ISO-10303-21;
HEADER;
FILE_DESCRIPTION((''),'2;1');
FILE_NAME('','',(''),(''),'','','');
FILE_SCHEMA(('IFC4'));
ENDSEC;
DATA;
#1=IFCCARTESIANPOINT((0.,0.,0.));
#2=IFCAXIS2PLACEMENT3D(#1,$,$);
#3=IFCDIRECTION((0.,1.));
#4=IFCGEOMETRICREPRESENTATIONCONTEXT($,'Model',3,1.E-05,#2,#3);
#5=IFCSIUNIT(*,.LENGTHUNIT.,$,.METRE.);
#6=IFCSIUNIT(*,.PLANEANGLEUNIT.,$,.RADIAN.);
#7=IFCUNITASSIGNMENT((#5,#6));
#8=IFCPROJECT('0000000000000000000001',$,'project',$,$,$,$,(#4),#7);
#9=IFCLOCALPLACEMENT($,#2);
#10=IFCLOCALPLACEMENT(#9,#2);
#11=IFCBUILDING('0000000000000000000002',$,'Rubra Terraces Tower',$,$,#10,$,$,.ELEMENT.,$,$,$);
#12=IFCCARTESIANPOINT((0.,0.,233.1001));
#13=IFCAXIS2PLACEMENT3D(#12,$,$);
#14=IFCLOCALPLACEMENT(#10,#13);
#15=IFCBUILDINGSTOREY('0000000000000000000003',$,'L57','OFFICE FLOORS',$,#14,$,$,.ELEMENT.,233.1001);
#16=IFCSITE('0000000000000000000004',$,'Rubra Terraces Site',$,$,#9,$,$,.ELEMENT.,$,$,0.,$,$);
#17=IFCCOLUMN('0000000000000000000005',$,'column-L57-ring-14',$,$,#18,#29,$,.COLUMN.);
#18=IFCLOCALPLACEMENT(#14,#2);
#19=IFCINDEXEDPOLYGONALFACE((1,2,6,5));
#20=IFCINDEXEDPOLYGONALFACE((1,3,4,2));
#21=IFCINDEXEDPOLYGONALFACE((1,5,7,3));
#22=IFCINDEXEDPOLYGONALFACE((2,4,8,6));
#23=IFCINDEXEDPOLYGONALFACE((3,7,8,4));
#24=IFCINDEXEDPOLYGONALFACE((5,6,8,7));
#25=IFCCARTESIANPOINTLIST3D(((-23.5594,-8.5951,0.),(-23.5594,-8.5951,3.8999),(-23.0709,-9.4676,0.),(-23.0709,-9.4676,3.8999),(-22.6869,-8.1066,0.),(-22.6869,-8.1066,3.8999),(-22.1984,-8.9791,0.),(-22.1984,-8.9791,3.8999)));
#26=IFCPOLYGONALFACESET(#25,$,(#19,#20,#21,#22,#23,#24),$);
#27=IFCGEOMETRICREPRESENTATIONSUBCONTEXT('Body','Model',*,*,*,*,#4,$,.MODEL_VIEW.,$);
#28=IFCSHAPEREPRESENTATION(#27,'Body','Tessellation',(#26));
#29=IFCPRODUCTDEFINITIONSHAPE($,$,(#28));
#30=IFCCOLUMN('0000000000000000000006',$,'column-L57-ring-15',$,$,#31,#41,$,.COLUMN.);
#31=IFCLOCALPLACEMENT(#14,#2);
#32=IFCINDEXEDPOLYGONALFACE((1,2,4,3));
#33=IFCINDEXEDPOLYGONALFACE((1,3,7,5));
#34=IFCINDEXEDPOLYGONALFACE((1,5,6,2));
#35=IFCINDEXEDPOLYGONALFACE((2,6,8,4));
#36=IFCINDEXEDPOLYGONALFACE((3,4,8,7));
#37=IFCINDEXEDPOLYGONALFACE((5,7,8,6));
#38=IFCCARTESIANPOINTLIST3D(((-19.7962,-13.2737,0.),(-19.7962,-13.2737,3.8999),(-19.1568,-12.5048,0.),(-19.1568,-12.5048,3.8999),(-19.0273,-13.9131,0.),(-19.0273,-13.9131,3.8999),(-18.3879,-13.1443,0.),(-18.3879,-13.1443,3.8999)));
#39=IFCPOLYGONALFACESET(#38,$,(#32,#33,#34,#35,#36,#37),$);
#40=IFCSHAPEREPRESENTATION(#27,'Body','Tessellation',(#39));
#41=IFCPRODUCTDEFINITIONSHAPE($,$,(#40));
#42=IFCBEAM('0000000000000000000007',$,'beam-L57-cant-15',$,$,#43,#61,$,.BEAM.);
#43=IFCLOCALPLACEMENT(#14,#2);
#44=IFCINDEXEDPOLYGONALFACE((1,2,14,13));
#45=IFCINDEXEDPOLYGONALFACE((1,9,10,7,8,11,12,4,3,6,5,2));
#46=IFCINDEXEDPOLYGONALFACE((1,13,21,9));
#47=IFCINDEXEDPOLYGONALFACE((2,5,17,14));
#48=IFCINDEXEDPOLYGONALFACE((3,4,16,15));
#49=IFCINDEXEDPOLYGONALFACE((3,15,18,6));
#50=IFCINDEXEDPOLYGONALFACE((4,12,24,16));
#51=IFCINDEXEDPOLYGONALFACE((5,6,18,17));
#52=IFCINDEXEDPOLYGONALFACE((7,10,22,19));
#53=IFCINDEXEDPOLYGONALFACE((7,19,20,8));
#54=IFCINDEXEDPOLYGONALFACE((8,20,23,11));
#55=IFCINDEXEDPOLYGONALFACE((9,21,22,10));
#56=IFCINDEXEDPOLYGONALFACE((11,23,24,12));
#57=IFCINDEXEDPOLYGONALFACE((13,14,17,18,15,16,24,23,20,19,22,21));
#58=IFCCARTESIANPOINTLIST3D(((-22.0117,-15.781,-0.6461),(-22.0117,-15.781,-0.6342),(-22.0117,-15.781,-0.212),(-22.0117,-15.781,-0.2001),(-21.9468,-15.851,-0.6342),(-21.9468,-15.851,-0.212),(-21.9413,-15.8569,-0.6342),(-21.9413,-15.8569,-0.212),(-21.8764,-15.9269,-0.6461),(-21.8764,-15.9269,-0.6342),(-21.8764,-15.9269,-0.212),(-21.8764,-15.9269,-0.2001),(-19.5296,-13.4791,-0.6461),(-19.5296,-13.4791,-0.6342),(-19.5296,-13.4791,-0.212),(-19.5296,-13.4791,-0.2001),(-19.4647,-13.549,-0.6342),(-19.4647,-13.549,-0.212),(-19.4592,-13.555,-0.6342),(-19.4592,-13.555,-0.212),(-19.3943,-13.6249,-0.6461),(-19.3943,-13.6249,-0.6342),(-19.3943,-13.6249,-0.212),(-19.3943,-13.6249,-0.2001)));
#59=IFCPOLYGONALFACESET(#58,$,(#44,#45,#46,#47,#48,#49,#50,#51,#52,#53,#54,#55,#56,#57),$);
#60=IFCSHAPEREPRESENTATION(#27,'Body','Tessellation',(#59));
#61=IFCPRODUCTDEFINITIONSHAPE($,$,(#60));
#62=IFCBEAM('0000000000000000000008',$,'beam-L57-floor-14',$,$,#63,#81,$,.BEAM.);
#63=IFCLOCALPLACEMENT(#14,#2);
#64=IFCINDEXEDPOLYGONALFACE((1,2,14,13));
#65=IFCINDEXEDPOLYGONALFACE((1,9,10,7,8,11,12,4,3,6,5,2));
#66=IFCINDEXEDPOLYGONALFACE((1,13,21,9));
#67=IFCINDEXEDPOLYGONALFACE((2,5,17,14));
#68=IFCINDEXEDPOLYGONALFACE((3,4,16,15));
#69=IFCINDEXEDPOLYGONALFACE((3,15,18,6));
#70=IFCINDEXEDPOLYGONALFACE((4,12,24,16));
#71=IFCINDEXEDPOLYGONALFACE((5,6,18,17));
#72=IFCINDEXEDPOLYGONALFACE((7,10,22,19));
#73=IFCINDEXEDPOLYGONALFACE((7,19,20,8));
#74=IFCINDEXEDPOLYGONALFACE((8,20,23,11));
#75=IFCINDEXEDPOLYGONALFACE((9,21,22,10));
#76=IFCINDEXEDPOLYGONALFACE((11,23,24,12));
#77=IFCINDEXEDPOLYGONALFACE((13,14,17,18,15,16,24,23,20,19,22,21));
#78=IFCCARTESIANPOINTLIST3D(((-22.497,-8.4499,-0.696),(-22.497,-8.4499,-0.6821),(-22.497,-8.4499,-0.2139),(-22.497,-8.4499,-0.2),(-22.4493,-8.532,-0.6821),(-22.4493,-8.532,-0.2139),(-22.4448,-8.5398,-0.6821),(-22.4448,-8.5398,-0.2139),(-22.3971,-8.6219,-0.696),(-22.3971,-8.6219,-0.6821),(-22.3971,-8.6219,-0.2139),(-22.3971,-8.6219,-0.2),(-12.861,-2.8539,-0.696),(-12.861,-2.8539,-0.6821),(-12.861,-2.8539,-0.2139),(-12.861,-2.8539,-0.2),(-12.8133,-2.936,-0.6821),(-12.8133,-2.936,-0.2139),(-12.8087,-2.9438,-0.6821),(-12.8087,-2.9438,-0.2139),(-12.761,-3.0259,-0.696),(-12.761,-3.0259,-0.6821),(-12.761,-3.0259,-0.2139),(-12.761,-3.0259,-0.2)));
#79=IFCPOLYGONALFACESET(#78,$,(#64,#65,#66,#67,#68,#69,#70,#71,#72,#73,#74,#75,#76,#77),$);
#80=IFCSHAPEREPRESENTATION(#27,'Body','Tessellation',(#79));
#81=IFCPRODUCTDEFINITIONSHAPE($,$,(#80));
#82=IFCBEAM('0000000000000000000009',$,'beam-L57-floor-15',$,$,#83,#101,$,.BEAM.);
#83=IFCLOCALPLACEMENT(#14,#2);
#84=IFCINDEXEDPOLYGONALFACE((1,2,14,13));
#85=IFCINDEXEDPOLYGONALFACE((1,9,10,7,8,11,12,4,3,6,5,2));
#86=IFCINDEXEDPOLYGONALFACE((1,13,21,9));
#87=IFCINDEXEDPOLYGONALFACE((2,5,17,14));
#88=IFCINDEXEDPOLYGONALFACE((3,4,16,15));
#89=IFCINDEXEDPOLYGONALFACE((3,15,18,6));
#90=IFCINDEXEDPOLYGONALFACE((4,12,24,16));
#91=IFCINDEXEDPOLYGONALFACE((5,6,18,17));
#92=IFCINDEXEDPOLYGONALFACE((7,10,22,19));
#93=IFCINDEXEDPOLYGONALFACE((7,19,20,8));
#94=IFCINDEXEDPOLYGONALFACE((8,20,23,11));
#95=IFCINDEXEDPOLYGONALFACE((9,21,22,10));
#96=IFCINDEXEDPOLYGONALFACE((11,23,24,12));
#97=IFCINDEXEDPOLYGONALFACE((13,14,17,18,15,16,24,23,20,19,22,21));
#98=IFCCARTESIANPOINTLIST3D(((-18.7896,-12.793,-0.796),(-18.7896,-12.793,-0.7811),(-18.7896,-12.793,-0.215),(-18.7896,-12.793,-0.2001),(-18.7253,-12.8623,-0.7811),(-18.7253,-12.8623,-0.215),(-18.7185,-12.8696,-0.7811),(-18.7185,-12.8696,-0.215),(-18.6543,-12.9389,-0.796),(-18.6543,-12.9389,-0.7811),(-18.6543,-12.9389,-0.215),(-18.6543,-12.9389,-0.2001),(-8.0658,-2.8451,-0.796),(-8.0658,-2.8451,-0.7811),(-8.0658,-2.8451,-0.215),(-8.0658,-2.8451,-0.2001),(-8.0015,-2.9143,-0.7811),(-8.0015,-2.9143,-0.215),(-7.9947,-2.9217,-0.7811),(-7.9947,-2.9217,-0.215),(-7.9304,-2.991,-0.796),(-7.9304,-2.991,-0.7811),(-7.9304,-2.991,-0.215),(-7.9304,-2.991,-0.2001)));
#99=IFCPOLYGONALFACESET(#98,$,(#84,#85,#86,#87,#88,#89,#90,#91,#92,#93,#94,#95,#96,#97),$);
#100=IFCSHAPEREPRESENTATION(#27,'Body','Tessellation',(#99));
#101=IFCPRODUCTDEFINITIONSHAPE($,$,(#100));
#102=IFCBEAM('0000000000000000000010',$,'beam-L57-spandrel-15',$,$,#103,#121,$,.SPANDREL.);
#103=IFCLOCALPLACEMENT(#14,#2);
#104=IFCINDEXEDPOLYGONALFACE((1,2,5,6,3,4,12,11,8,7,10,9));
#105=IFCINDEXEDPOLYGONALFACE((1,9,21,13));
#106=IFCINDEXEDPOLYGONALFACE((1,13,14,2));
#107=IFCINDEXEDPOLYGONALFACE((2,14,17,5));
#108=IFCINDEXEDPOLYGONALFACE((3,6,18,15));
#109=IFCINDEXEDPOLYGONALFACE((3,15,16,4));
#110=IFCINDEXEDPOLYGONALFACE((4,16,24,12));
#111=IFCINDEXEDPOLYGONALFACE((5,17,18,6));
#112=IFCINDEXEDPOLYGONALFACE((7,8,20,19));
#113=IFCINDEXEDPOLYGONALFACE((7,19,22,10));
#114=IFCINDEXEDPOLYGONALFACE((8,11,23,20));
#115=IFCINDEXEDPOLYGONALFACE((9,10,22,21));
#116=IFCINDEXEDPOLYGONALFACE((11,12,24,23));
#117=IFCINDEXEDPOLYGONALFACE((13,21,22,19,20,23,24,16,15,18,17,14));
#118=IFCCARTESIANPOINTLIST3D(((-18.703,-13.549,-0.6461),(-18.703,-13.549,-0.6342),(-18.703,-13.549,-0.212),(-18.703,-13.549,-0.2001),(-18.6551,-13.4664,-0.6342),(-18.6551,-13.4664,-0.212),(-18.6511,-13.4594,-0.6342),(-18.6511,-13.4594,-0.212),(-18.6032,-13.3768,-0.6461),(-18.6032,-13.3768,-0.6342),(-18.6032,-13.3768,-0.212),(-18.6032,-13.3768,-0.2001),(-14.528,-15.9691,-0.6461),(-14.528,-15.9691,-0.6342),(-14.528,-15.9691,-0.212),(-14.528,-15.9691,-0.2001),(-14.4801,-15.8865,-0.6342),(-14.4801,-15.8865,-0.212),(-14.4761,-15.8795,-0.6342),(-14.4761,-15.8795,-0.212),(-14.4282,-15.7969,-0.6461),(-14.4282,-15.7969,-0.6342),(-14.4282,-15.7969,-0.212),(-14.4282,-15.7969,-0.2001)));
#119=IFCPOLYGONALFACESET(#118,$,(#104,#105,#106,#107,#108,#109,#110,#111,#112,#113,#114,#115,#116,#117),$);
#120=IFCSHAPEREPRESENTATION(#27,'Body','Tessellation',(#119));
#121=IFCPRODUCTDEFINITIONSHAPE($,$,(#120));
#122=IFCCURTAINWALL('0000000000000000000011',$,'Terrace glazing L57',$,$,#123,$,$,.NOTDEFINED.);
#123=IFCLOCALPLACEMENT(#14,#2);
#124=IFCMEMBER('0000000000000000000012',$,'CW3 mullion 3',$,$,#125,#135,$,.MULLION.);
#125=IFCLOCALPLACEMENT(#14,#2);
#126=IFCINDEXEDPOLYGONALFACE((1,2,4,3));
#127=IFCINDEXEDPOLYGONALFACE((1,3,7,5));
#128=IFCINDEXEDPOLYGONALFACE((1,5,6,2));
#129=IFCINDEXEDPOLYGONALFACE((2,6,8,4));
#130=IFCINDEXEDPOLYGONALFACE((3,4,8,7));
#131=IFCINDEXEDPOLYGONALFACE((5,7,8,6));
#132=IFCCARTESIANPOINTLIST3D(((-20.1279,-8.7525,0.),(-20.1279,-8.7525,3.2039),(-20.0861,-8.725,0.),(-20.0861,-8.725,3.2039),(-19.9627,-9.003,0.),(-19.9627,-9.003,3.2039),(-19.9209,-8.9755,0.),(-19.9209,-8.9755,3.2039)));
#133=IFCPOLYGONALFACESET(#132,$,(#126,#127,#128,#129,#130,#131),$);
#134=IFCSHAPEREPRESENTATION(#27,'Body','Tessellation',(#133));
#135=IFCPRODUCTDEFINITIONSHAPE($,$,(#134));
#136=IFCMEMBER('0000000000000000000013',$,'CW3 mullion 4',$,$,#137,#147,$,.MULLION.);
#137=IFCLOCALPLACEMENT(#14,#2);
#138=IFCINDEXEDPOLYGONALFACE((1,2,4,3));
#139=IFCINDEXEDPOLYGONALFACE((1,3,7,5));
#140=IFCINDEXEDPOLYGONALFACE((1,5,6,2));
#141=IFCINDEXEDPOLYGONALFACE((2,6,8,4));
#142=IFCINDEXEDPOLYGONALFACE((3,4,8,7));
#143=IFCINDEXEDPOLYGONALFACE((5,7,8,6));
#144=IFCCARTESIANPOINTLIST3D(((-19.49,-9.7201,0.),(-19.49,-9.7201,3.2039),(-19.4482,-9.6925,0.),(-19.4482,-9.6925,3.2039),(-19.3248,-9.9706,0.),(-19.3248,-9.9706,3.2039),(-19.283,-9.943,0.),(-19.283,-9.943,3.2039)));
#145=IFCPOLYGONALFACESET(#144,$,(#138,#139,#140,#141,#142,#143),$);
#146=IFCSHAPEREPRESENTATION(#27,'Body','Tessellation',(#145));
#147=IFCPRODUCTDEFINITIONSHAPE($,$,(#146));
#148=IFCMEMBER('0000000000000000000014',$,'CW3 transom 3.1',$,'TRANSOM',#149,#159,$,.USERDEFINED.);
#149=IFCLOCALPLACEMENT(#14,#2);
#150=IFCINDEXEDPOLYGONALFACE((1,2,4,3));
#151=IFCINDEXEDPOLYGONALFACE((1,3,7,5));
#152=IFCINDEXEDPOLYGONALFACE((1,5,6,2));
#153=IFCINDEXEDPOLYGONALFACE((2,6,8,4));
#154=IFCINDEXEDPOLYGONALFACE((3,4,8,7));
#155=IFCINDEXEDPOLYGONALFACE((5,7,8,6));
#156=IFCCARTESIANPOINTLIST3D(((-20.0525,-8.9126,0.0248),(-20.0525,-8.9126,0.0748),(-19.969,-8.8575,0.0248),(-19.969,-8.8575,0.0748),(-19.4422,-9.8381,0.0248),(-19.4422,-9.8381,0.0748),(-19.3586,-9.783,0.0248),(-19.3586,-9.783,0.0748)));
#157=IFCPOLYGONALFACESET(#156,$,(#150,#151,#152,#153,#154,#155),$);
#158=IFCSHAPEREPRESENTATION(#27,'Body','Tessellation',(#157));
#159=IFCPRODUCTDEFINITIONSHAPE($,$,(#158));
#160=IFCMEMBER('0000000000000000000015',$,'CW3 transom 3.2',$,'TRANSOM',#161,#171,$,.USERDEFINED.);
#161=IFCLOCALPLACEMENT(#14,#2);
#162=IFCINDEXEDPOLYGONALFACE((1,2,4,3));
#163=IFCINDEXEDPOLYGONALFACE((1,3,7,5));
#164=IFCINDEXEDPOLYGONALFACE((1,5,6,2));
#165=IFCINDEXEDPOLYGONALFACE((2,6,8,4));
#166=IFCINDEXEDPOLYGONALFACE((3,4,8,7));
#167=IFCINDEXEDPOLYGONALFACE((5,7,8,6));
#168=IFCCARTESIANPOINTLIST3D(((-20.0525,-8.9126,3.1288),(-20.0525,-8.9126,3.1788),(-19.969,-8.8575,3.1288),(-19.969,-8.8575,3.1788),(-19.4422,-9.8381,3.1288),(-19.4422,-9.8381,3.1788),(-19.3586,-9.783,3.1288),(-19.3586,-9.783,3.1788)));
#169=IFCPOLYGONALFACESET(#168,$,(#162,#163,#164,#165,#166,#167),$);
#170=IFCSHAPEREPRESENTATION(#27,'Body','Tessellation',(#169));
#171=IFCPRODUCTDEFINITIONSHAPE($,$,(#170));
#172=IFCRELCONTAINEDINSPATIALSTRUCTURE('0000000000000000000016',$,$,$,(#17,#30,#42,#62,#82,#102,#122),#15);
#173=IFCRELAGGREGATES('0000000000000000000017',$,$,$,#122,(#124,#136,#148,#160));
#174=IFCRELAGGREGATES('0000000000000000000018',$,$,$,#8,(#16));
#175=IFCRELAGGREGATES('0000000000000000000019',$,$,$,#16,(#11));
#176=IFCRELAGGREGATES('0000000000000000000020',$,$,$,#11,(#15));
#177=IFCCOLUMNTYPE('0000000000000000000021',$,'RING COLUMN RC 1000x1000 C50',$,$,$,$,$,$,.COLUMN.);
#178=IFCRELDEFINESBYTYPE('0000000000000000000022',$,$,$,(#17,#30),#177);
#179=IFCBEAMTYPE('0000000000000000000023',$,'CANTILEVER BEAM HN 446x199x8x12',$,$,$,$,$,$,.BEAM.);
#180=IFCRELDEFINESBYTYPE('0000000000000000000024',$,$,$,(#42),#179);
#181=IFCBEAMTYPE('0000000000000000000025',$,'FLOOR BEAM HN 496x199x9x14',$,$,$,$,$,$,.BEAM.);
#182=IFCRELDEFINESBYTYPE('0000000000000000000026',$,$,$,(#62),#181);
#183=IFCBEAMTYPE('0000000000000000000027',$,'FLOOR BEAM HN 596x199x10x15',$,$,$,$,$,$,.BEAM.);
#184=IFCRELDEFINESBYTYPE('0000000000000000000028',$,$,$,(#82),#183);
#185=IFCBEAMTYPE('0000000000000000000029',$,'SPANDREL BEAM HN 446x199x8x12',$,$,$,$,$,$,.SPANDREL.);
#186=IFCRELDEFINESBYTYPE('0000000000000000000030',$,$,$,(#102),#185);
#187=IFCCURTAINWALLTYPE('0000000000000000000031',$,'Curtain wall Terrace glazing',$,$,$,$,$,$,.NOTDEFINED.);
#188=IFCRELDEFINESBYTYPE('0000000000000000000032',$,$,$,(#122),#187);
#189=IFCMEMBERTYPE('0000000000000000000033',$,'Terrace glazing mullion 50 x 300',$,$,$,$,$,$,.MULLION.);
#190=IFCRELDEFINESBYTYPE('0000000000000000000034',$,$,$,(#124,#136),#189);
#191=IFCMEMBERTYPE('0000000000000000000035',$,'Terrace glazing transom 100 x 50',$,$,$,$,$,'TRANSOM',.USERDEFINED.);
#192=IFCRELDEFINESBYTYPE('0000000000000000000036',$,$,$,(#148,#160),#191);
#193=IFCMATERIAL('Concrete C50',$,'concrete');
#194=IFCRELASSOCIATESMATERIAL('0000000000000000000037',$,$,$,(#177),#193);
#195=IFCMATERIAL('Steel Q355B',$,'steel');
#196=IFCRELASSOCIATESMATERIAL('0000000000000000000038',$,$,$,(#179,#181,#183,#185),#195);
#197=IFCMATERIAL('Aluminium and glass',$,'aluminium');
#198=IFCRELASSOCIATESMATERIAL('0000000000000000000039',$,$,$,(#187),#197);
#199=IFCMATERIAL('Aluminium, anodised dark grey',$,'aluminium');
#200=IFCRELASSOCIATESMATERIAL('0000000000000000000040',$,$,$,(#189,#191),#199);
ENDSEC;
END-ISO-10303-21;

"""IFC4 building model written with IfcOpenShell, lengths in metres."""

from ifc_helpers import new_model, si_unit, direction, frame, origin, origin_2d, place, context, subcontext, project, spatial, rectangle, i_section, extrude, material, material_profile, profile_set, type_object, element, aggregate, save


model = new_model("IFC4")

# Units and contexts
model_context = context("Model", 3, precision=1e-05, world=origin(), true_north=direction((0.0, 1.0)))
body_context = subcontext(model_context, "Body", "Model", "MODEL_VIEW")
ifc_project = project(units=[si_unit("LENGTHUNIT", "METRE"), si_unit("PLANEANGLEUNIT", "RADIAN")], contexts=[model_context])

# Site, building, storey
site_placement = place(None, origin())
site = spatial("IfcSite", under=ifc_project, at=site_placement, Name="Rubra Terraces Site", CompositionType="ELEMENT", RefElevation=0.0)
building_placement = place(site_placement, origin())
building = spatial("IfcBuilding", under=site, at=building_placement, Name="Rubra Terraces Tower", CompositionType="ELEMENT")
storey_placement = place(building_placement, frame((0.0, 0.0, 233.1001)))
storey = spatial("IfcBuildingStorey", under=building, at=storey_placement, Name="L57", Description="OFFICE FLOORS", CompositionType="ELEMENT", Elevation=233.1001)

# Columns
ifc_material_1 = material(Name="Concrete C50", Category="concrete")
ifc_material_profile_1 = material_profile(ifc_material_1, rectangle(XDim=1.0, YDim=1.0, at=origin_2d()), Name="RC 1000x1000")
ifc_profile_set_1 = profile_set([ifc_material_profile_1], Name="Concrete C50")
column_type = type_object("IfcColumnType", Name="RING COLUMN RC 1000x1000 C50", PredefinedType="COLUMN", material=ifc_profile_set_1)
for number, where, z_axis, x_axis, name in (
    (1, (-22.8789, -8.7871, 0.0), (0.0, 0.0, 1.0), (0.488526, -0.872549, 0.0), "column-L57-ring-14"),
    (2, (-19.092, -13.209, 0.0), (0.0, 0.0, 1.0), (0.76887, -0.639405, 0.0), "column-L57-ring-15"),
):
    element("IfcColumn", number, at=place(storey_placement, frame(where, z_axis=z_axis, x_axis=x_axis)), inside=storey, type_object=column_type, Name=name, PredefinedType="COLUMN", context=body_context, shape_type="SweptSolid", body=[
        extrude(rectangle(XDim=1.0, YDim=1.0, at=origin_2d()), origin(), (0.0, 0.0, 1.0), 3.8999),
    ])

# Beams
ifc_material_2 = material(Name="Steel Q355B", Category="steel")
ifc_material_profile_2 = material_profile(ifc_material_2, i_section(OverallWidth=0.199, OverallDepth=0.446, WebThickness=0.0081, FlangeThickness=0.012, at=origin_2d()), Name="HN 446x199x8x12")
ifc_profile_set_2 = profile_set([ifc_material_profile_2], Name="Steel Q355B")
beam_type_1 = type_object("IfcBeamType", Name="CANTILEVER BEAM HN 446x199x8x12", PredefinedType="BEAM", material=ifc_profile_set_2)
beam_1_placement = place(storey_placement, frame((-19.4619, -13.552, -0.4231), z_axis=(-0.733217, -0.679995, 0.0), x_axis=(0.679995, -0.733217, 0.0)))
element("IfcBeam", 3, at=beam_1_placement, inside=storey, type_object=beam_type_1, Name="beam-L57-cant-15", PredefinedType="BEAM", context=body_context, shape_type="SweptSolid", body=[
    extrude(i_section(OverallWidth=0.199, OverallDepth=0.446, WebThickness=0.0081, FlangeThickness=0.012, at=origin_2d()), origin(), (0.0, 0.0, 1.0), 3.3853),
])
ifc_material_profile_3 = material_profile(ifc_material_2, i_section(OverallWidth=0.199, OverallDepth=0.4961, WebThickness=0.009, FlangeThickness=0.0139, at=origin_2d()), Name="HN 496x199x9x14")
ifc_profile_set_3 = profile_set([ifc_material_profile_3], Name="Steel Q355B")
beam_type_2 = type_object("IfcBeamType", Name="FLOOR BEAM HN 496x199x9x14", PredefinedType="BEAM", material=ifc_profile_set_3)
beam_2_placement = place(storey_placement, frame((-22.447, -8.5359, -0.448), z_axis=(0.864755, 0.502193, 0.0), x_axis=(-0.502193, 0.864755, 0.0)))
element("IfcBeam", 4, at=beam_2_placement, inside=storey, type_object=beam_type_2, Name="beam-L57-floor-14", PredefinedType="BEAM", context=body_context, shape_type="SweptSolid", body=[
    extrude(i_section(OverallWidth=0.199, OverallDepth=0.4961, WebThickness=0.009, FlangeThickness=0.0139, at=origin_2d()), origin(), (0.0, 0.0, 1.0), 11.1431),
])
ifc_material_profile_4 = material_profile(ifc_material_2, i_section(OverallWidth=0.199, OverallDepth=0.5959, WebThickness=0.01, FlangeThickness=0.0149, at=origin_2d()), Name="HN 596x199x10x15")
ifc_profile_set_4 = profile_set([ifc_material_profile_4], Name="Steel Q355B")
beam_type_3 = type_object("IfcBeamType", Name="FLOOR BEAM HN 596x199x10x15", PredefinedType="BEAM", material=ifc_profile_set_4)
beam_3_placement = place(storey_placement, frame((-18.7219, -12.866, -0.498), z_axis=(0.73313, 0.680088, 0.0), x_axis=(-0.680088, 0.73313, 0.0)))
element("IfcBeam", 5, at=beam_3_placement, inside=storey, type_object=beam_type_3, Name="beam-L57-floor-15", PredefinedType="BEAM", context=body_context, shape_type="SweptSolid", body=[
    extrude(i_section(OverallWidth=0.199, OverallDepth=0.5959, WebThickness=0.01, FlangeThickness=0.0149, at=origin_2d()), origin(), (0.0, 0.0, 1.0), 14.6274),
])
ifc_material_profile_5 = material_profile(ifc_material_2, i_section(OverallWidth=0.199, OverallDepth=0.446, WebThickness=0.0081, FlangeThickness=0.012, at=origin_2d()), Name="HN 446x199x8x12")
ifc_profile_set_5 = profile_set([ifc_material_profile_5], Name="Steel Q355B")
beam_type_4 = type_object("IfcBeamType", Name="SPANDREL BEAM HN 446x199x8x12", PredefinedType="SPANDREL", material=ifc_profile_set_5)
beam_4_placement = place(storey_placement, frame((-18.6531, -13.4629, -0.4231), z_axis=(0.865154, -0.501507, 0.0), x_axis=(0.501507, 0.865154, 0.0)))
element("IfcBeam", 6, at=beam_4_placement, inside=storey, type_object=beam_type_4, Name="beam-L57-spandrel-15", PredefinedType="SPANDREL", context=body_context, shape_type="SweptSolid", body=[
    extrude(i_section(OverallWidth=0.199, OverallDepth=0.446, WebThickness=0.0081, FlangeThickness=0.012, at=origin_2d()), origin(), (0.0, 0.0, 1.0), 4.8257),
])

# Curtain wall, members
ifc_material_3 = material(Name="Aluminium and glass", Category="aluminium")
curtain_wall_type = type_object("IfcCurtainWallType", Name="Curtain wall Terrace glazing", PredefinedType="NOTDEFINED", material=ifc_material_3)
curtain_wall_placement = place(storey_placement, origin())
curtain_wall = element("IfcCurtainWall", 7, at=curtain_wall_placement, inside=storey, type_object=curtain_wall_type, Name="Terrace glazing L57", PredefinedType="NOTDEFINED")
ifc_material_4 = material(Name="Aluminium, anodised dark grey", Category="aluminium")
ifc_material_profile_6 = material_profile(ifc_material_4, rectangle(XDim=0.05, YDim=0.3, at=origin_2d()), Name="AL 50x300")
ifc_profile_set_6 = profile_set([ifc_material_profile_6], Name="Aluminium, anodised dark grey")
member_type_1 = type_object("IfcMemberType", Name="Terrace glazing mullion 50 x 300", PredefinedType="MULLION", material=ifc_profile_set_6)
member_1_placement = place(storey_placement, frame((-20.0244, -8.864, 0.0), z_axis=(0.0, 0.0, 1.0), x_axis=(0.834855, 0.550469, 0.0)))
member_1 = element("IfcMember", 8, at=member_1_placement, type_object=member_type_1, Name="CW3 mullion 3", PredefinedType="MULLION", context=body_context, shape_type="SweptSolid", body=[
    extrude(rectangle(XDim=0.05, YDim=0.3, at=origin_2d()), origin(), (0.0, 0.0, 1.0), 3.2039),
])
member_2_placement = place(storey_placement, frame((-19.3865, -9.8315, 0.0), z_axis=(0.0, 0.0, 1.0), x_axis=(0.834855, 0.550469, 0.0)))
member_2 = element("IfcMember", 9, at=member_2_placement, type_object=member_type_1, Name="CW3 mullion 4", PredefinedType="MULLION", context=body_context, shape_type="SweptSolid", body=[
    extrude(rectangle(XDim=0.05, YDim=0.3, at=origin_2d()), origin(), (0.0, 0.0, 1.0), 3.2039),
])
ifc_material_profile_7 = material_profile(ifc_material_4, rectangle(XDim=0.1001, YDim=0.05, at=origin_2d()), Name="AL 100x50")
ifc_profile_set_7 = profile_set([ifc_material_profile_7], Name="Aluminium, anodised dark grey")
member_type_2 = type_object("IfcMemberType", Name="Terrace glazing transom 100 x 50", ElementType="TRANSOM", PredefinedType="USERDEFINED", material=ifc_profile_set_7)
member_3_placement = place(storey_placement, frame((-20.0107, -8.885, 0.0498), z_axis=(0.550526, -0.834818, 0.0), x_axis=(0.834818, 0.550526, 0.0)))
member_3 = element("IfcMember", 10, at=member_3_placement, type_object=member_type_2, Name="CW3 transom 3.1", ObjectType="TRANSOM", PredefinedType="USERDEFINED", context=body_context, shape_type="SweptSolid", body=[
    extrude(rectangle(XDim=0.1001, YDim=0.05, at=origin_2d()), origin(), (0.0, 0.0, 1.0), 1.1086),
])
member_4_placement = place(storey_placement, frame((-20.0107, -8.885, 3.1538), z_axis=(0.550526, -0.834818, 0.0), x_axis=(0.834818, 0.550526, 0.0)))
member_4 = element("IfcMember", 11, at=member_4_placement, type_object=member_type_2, Name="CW3 transom 3.2", ObjectType="TRANSOM", PredefinedType="USERDEFINED", context=body_context, shape_type="SweptSolid", body=[
    extrude(rectangle(XDim=0.1001, YDim=0.05, at=origin_2d()), origin(), (0.0, 0.0, 1.0), 1.1086),
])
aggregate(curtain_wall, [member_1, member_2, member_3, member_4])

save(model, "model.ifc")
